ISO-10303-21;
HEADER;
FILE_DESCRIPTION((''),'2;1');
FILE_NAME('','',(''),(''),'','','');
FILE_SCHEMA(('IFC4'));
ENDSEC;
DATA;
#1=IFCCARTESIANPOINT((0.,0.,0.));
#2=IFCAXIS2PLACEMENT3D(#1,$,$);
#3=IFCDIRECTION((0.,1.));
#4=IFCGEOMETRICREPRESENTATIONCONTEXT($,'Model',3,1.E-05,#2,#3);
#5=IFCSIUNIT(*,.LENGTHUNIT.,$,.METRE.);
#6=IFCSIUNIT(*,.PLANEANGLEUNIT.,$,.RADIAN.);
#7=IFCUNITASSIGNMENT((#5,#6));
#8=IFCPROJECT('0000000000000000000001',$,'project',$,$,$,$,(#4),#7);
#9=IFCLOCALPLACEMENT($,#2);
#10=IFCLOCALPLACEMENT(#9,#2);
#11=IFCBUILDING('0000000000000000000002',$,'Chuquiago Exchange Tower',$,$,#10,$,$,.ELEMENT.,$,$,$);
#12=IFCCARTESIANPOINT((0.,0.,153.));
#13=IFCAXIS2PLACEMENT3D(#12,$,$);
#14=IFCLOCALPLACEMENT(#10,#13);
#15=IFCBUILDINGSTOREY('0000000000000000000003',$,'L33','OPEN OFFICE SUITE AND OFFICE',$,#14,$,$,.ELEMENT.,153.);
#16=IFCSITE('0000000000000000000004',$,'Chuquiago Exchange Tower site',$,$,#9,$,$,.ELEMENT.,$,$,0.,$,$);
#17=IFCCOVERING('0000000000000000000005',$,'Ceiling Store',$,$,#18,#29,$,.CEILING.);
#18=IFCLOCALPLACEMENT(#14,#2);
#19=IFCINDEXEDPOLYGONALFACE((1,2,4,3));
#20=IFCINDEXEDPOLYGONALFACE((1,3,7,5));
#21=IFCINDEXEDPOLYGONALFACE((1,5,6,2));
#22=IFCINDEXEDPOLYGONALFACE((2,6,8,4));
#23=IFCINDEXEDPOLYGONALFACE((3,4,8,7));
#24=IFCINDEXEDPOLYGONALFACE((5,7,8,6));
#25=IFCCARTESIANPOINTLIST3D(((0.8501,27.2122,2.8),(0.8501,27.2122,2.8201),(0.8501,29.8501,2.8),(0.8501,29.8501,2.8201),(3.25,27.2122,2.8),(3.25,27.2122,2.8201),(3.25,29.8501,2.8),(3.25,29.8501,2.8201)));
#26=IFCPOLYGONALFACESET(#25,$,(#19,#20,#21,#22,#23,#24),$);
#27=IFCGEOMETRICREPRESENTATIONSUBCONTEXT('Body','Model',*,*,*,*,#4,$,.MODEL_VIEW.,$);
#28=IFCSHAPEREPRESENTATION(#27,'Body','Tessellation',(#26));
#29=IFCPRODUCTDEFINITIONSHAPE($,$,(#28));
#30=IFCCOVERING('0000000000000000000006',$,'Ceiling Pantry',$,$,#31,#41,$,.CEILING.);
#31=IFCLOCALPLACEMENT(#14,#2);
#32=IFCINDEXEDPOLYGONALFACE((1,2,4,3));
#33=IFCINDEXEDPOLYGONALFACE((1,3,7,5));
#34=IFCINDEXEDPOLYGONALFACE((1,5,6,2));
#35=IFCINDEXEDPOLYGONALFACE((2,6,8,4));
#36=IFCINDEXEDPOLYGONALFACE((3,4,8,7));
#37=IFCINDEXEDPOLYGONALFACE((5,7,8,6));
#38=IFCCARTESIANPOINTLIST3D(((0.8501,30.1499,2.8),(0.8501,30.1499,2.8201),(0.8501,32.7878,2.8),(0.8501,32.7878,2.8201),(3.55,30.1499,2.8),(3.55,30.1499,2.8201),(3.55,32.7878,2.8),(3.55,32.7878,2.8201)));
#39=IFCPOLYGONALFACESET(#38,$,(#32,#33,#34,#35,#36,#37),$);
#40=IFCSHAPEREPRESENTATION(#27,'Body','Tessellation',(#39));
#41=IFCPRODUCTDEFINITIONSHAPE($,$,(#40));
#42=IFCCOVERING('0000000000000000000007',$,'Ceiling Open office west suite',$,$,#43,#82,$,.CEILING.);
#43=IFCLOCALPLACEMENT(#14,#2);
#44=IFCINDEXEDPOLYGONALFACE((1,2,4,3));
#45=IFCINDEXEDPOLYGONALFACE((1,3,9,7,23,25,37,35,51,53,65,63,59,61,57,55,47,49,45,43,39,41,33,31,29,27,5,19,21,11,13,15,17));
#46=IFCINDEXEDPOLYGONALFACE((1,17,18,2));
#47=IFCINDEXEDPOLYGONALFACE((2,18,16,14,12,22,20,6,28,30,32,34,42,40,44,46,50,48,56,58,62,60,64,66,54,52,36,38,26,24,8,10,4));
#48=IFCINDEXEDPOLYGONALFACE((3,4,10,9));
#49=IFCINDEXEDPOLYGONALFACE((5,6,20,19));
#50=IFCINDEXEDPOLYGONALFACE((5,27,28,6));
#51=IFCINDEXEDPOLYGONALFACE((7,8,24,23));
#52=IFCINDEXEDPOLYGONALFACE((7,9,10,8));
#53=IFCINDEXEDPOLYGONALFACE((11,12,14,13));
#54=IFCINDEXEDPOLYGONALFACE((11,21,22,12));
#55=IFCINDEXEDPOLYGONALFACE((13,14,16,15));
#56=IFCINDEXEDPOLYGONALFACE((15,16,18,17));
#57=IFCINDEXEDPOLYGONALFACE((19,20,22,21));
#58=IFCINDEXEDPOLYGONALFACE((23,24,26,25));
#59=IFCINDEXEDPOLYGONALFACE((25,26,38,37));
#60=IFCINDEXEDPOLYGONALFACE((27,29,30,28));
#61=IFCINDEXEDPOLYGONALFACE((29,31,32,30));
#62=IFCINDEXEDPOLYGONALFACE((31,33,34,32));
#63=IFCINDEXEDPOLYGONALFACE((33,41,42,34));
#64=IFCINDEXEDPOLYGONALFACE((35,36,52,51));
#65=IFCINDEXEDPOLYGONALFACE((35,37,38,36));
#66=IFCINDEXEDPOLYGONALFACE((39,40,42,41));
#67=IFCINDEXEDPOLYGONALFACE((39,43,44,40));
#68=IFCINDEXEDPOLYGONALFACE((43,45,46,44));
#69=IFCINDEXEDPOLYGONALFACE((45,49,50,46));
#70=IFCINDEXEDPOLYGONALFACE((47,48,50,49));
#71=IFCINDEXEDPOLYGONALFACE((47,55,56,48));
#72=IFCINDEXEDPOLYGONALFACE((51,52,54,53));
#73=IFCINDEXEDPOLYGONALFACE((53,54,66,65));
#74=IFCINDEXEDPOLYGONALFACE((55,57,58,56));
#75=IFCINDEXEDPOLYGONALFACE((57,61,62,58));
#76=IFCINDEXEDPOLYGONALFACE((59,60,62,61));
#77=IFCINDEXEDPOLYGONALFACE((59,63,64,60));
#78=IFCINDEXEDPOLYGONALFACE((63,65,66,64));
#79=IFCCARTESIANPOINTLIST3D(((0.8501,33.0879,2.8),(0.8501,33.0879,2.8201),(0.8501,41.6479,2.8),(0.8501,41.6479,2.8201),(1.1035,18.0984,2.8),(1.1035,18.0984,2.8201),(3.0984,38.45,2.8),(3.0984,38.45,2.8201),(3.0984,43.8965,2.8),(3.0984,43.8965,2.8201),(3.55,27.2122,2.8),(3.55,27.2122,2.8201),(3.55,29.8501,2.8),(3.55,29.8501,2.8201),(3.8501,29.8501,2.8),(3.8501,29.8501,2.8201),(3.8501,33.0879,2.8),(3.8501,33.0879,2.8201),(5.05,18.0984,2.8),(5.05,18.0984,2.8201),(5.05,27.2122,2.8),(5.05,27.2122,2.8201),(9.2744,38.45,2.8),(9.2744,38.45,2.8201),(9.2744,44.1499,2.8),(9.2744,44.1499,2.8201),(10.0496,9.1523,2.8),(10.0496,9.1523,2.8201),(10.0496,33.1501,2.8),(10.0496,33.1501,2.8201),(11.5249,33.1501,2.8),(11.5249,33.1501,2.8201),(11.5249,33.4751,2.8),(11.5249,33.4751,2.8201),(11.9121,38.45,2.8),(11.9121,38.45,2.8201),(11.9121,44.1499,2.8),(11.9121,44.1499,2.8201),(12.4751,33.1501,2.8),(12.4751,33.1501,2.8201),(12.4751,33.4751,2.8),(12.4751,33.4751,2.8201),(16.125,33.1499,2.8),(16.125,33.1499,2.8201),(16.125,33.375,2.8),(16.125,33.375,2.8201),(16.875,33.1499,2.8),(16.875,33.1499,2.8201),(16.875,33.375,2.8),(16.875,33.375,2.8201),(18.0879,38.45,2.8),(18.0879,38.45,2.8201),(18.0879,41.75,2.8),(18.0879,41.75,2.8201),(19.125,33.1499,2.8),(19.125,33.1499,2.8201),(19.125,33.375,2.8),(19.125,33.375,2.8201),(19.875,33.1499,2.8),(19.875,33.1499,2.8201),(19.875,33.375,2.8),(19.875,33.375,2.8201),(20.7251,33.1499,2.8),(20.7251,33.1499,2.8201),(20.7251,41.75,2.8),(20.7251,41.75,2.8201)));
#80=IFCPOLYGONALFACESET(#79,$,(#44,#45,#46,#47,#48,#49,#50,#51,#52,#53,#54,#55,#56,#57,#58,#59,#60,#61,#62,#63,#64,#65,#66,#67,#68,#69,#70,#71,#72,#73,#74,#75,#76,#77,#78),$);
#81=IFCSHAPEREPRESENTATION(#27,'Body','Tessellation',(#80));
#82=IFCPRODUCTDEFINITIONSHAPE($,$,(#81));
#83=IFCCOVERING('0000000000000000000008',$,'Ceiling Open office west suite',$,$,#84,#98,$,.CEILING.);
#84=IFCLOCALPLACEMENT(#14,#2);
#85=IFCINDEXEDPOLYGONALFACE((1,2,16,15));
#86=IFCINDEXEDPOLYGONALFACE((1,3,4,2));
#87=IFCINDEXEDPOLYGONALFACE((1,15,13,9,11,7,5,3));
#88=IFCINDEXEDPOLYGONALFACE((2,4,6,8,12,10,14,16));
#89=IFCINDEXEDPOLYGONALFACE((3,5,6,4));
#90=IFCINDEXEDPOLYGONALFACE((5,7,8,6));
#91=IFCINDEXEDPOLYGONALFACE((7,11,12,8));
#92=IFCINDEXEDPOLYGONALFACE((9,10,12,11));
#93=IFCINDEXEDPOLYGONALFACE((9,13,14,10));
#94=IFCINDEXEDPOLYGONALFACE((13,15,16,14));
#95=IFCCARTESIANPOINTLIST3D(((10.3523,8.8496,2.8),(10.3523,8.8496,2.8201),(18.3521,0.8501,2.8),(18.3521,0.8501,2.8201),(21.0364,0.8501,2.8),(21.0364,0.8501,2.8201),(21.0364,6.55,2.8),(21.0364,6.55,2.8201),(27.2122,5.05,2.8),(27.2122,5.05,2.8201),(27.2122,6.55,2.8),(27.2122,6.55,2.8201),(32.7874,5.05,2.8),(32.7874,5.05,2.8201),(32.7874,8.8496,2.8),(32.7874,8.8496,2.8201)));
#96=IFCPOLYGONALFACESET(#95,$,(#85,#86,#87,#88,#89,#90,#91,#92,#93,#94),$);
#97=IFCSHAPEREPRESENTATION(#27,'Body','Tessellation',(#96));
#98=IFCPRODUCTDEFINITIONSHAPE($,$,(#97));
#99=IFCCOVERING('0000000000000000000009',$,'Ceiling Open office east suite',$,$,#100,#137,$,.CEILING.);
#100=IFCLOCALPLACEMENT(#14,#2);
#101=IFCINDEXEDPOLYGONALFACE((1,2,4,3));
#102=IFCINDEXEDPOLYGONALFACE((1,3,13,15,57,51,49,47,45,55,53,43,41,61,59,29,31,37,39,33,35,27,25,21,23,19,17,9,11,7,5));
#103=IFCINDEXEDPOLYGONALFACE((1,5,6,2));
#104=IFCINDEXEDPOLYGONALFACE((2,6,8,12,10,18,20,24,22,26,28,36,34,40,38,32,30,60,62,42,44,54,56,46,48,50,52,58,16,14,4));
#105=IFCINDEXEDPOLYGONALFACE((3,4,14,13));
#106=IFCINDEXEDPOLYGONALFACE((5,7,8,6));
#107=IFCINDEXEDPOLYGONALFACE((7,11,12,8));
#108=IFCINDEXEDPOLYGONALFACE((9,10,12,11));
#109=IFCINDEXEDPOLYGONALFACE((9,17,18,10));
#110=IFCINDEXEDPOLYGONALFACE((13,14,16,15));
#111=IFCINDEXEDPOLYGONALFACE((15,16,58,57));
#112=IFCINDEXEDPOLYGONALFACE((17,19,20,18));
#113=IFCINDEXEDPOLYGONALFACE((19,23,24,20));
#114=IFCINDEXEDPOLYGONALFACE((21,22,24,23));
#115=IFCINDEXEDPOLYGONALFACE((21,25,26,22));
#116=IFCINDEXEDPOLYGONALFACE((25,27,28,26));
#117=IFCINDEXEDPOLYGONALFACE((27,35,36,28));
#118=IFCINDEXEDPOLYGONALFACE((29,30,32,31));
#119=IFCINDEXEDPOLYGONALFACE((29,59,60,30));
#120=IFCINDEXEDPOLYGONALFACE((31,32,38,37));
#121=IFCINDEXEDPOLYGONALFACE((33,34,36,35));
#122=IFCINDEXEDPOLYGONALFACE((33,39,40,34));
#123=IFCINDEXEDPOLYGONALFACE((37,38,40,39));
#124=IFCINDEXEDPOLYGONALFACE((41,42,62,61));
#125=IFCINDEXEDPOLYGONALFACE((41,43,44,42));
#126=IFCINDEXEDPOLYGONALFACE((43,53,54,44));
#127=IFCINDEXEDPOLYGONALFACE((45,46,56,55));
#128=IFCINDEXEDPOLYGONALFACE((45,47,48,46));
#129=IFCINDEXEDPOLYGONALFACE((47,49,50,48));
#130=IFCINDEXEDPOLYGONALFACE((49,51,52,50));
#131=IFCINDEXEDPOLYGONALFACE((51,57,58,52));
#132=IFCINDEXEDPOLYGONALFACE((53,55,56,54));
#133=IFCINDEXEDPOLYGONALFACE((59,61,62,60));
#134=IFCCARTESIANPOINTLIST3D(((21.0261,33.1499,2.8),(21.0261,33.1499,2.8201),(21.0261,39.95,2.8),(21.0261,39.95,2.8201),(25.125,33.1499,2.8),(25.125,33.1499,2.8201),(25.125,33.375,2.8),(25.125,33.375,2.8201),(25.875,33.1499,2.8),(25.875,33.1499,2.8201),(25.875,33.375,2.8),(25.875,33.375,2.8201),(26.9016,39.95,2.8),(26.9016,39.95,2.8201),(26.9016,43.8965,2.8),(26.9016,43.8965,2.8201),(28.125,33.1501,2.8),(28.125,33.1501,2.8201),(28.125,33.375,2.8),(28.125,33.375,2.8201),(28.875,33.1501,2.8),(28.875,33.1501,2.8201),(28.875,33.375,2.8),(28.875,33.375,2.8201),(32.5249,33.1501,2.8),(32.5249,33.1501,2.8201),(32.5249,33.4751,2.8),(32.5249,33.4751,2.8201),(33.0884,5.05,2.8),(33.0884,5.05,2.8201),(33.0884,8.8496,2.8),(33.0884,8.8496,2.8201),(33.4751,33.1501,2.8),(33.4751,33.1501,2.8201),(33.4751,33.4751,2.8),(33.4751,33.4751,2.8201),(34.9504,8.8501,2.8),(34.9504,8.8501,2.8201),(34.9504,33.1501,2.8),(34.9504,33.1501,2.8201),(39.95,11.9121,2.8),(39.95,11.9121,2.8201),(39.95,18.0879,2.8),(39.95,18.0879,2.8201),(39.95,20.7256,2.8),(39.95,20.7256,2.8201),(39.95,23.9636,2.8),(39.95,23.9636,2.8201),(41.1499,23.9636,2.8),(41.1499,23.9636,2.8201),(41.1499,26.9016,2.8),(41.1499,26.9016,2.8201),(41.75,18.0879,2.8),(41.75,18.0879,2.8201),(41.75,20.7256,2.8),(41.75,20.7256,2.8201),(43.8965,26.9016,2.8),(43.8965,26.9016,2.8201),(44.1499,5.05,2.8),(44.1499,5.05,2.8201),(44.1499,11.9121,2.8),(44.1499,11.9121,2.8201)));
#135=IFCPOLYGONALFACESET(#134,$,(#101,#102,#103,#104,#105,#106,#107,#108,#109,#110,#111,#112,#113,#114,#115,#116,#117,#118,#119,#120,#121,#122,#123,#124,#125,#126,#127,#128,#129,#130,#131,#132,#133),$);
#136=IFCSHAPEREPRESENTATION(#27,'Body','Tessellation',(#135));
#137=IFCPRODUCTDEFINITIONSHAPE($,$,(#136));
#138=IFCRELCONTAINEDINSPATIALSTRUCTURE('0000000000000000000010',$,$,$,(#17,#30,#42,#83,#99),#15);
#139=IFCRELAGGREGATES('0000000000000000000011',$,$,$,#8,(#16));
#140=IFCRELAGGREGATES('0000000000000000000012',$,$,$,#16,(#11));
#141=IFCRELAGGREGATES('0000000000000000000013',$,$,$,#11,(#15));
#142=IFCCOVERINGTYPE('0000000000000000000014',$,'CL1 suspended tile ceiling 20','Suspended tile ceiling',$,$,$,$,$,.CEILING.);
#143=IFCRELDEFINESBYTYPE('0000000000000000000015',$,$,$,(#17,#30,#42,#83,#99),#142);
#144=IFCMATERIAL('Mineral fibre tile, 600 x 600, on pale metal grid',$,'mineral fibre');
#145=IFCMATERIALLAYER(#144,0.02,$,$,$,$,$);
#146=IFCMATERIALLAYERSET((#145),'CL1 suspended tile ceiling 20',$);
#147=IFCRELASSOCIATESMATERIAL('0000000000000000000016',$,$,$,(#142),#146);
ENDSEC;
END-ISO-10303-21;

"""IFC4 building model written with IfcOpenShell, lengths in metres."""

from ifc_helpers import new_model, si_unit, direction, frame, origin, place, context, subcontext, project, spatial, polyline, outline, extrude, material, layer, layer_set, type_object, element, save


model = new_model("IFC4")

# Units and contexts
model_context = context("Model", 3, precision=1e-05, world=origin(), true_north=direction((0.0, 1.0)))
body_context = subcontext(model_context, "Body", "Model", "MODEL_VIEW")
ifc_project = project(units=[si_unit("LENGTHUNIT", "METRE"), si_unit("PLANEANGLEUNIT", "RADIAN")], contexts=[model_context])

# Site, building, storey
site_placement = place(None, origin())
site = spatial("IfcSite", under=ifc_project, at=site_placement, Name="Chuquiago Exchange Tower site", CompositionType="ELEMENT", RefElevation=0.0)
building_placement = place(site_placement, origin())
building = spatial("IfcBuilding", under=site, at=building_placement, Name="Chuquiago Exchange Tower", CompositionType="ELEMENT")
storey_placement = place(building_placement, frame((0.0, 0.0, 153.0)))
storey = spatial("IfcBuildingStorey", under=building, at=storey_placement, Name="L33", Description="OPEN OFFICE SUITE AND OFFICE", CompositionType="ELEMENT", Elevation=153.0)

# Coverings
ifc_material_1 = material(Name="Mineral fibre tile, 600 x 600, on pale metal grid", Category="mineral fibre")
ifc_layer_1 = layer(ifc_material_1, 0.02)
ifc_layer_set_1 = layer_set([ifc_layer_1], Name="CL1 suspended tile ceiling 20")
covering_type_1 = type_object("IfcCoveringType", Name="CL1 suspended tile ceiling 20", Description="Suspended tile ceiling", PredefinedType="CEILING", material=ifc_layer_set_1)
covering_1_placement = place(storey_placement, frame((0.0, 0.0, 2.8)))
element("IfcCovering", 1, at=covering_1_placement, inside=storey, type_object=covering_type_1, Name="Ceiling Store", PredefinedType="CEILING", context=body_context, shape_type="SweptSolid", body=[
    extrude(outline(polyline([(3.25, 29.8501), (3.25, 27.2122), (0.8501, 27.2122), (0.8501, 29.8501), (3.25, 29.8501)])), origin(), (0.0, 0.0, 1.0), 0.02),
])
covering_2_placement = place(storey_placement, frame((0.0, 0.0, 2.8)))
element("IfcCovering", 2, at=covering_2_placement, inside=storey, type_object=covering_type_1, Name="Ceiling Pantry", PredefinedType="CEILING", context=body_context, shape_type="SweptSolid", body=[
    extrude(outline(polyline([(3.55, 32.7878), (3.55, 30.1499), (0.8501, 30.1499), (0.8501, 32.7878), (3.55, 32.7878)])), origin(), (0.0, 0.0, 1.0), 0.02),
])
covering_3_placement = place(storey_placement, frame((0.0, 0.0, 2.8)))
element("IfcCovering", 3, at=covering_3_placement, inside=storey, type_object=covering_type_1, Name="Ceiling Open office west suite", PredefinedType="CEILING", context=body_context, shape_type="SweptSolid", body=[
    extrude(outline(polyline([(3.0984, 38.45), (9.2744, 38.45), (9.2744, 44.1499), (11.9121, 44.1499), (11.9121, 38.45), (18.0879, 38.45), (18.0879, 41.75), (20.7251, 41.75), (20.7251, 33.1499), (19.875, 33.1499), (19.875, 33.375), (19.125, 33.375), (19.125, 33.1499), (16.875, 33.1499), (16.875, 33.375), (16.125, 33.375), (16.125, 33.1499), (12.4751, 33.1501), (12.4751, 33.4751), (11.5249, 33.4751), (11.5249, 33.1501), (10.0496, 33.1501), (10.0496, 9.1523), (1.1035, 18.0984), (5.05, 18.0984), (5.05, 27.2122), (3.55, 27.2122), (3.55, 29.8501), (3.8501, 29.8501), (3.8501, 33.0879), (0.8501, 33.0879), (0.8501, 41.6479), (3.0984, 43.8965), (3.0984, 38.45)])), origin(), (0.0, 0.0, 1.0), 0.02),
])
covering_4_placement = place(storey_placement, frame((0.0, 0.0, 2.8)))
element("IfcCovering", 4, at=covering_4_placement, inside=storey, type_object=covering_type_1, Name="Ceiling Open office west suite", PredefinedType="CEILING", context=body_context, shape_type="SweptSolid", body=[
    extrude(outline(polyline([(32.7874, 8.8496), (32.7874, 5.05), (27.2122, 5.05), (27.2122, 6.55), (21.0364, 6.55), (21.0364, 0.8501), (18.3521, 0.8501), (10.3523, 8.8496), (32.7874, 8.8496)])), origin(), (0.0, 0.0, 1.0), 0.02),
])
covering_5_placement = place(storey_placement, frame((0.0, 0.0, 2.8)))
element("IfcCovering", 5, at=covering_5_placement, inside=storey, type_object=covering_type_1, Name="Ceiling Open office east suite", PredefinedType="CEILING", context=body_context, shape_type="SweptSolid", body=[
    extrude(outline(polyline([(26.9016, 39.95), (26.9016, 43.8965), (43.8965, 26.9016), (41.1499, 26.9016), (41.1499, 23.9636), (39.95, 23.9636), (39.95, 20.7256), (41.75, 20.7256), (41.75, 18.0879), (39.95, 18.0879), (39.95, 11.9121), (44.1499, 11.9121), (44.1499, 5.05), (33.0884, 5.05), (33.0884, 8.8496), (34.9504, 8.8501), (34.9504, 33.1501), (33.4751, 33.1501), (33.4751, 33.4751), (32.5249, 33.4751), (32.5249, 33.1501), (28.875, 33.1501), (28.875, 33.375), (28.125, 33.375), (28.125, 33.1501), (25.875, 33.1499), (25.875, 33.375), (25.125, 33.375), (25.125, 33.1499), (21.0261, 33.1499), (21.0261, 39.95), (26.9016, 39.95)])), origin(), (0.0, 0.0, 1.0), 0.02),
])

save(model, "model.ifc")
